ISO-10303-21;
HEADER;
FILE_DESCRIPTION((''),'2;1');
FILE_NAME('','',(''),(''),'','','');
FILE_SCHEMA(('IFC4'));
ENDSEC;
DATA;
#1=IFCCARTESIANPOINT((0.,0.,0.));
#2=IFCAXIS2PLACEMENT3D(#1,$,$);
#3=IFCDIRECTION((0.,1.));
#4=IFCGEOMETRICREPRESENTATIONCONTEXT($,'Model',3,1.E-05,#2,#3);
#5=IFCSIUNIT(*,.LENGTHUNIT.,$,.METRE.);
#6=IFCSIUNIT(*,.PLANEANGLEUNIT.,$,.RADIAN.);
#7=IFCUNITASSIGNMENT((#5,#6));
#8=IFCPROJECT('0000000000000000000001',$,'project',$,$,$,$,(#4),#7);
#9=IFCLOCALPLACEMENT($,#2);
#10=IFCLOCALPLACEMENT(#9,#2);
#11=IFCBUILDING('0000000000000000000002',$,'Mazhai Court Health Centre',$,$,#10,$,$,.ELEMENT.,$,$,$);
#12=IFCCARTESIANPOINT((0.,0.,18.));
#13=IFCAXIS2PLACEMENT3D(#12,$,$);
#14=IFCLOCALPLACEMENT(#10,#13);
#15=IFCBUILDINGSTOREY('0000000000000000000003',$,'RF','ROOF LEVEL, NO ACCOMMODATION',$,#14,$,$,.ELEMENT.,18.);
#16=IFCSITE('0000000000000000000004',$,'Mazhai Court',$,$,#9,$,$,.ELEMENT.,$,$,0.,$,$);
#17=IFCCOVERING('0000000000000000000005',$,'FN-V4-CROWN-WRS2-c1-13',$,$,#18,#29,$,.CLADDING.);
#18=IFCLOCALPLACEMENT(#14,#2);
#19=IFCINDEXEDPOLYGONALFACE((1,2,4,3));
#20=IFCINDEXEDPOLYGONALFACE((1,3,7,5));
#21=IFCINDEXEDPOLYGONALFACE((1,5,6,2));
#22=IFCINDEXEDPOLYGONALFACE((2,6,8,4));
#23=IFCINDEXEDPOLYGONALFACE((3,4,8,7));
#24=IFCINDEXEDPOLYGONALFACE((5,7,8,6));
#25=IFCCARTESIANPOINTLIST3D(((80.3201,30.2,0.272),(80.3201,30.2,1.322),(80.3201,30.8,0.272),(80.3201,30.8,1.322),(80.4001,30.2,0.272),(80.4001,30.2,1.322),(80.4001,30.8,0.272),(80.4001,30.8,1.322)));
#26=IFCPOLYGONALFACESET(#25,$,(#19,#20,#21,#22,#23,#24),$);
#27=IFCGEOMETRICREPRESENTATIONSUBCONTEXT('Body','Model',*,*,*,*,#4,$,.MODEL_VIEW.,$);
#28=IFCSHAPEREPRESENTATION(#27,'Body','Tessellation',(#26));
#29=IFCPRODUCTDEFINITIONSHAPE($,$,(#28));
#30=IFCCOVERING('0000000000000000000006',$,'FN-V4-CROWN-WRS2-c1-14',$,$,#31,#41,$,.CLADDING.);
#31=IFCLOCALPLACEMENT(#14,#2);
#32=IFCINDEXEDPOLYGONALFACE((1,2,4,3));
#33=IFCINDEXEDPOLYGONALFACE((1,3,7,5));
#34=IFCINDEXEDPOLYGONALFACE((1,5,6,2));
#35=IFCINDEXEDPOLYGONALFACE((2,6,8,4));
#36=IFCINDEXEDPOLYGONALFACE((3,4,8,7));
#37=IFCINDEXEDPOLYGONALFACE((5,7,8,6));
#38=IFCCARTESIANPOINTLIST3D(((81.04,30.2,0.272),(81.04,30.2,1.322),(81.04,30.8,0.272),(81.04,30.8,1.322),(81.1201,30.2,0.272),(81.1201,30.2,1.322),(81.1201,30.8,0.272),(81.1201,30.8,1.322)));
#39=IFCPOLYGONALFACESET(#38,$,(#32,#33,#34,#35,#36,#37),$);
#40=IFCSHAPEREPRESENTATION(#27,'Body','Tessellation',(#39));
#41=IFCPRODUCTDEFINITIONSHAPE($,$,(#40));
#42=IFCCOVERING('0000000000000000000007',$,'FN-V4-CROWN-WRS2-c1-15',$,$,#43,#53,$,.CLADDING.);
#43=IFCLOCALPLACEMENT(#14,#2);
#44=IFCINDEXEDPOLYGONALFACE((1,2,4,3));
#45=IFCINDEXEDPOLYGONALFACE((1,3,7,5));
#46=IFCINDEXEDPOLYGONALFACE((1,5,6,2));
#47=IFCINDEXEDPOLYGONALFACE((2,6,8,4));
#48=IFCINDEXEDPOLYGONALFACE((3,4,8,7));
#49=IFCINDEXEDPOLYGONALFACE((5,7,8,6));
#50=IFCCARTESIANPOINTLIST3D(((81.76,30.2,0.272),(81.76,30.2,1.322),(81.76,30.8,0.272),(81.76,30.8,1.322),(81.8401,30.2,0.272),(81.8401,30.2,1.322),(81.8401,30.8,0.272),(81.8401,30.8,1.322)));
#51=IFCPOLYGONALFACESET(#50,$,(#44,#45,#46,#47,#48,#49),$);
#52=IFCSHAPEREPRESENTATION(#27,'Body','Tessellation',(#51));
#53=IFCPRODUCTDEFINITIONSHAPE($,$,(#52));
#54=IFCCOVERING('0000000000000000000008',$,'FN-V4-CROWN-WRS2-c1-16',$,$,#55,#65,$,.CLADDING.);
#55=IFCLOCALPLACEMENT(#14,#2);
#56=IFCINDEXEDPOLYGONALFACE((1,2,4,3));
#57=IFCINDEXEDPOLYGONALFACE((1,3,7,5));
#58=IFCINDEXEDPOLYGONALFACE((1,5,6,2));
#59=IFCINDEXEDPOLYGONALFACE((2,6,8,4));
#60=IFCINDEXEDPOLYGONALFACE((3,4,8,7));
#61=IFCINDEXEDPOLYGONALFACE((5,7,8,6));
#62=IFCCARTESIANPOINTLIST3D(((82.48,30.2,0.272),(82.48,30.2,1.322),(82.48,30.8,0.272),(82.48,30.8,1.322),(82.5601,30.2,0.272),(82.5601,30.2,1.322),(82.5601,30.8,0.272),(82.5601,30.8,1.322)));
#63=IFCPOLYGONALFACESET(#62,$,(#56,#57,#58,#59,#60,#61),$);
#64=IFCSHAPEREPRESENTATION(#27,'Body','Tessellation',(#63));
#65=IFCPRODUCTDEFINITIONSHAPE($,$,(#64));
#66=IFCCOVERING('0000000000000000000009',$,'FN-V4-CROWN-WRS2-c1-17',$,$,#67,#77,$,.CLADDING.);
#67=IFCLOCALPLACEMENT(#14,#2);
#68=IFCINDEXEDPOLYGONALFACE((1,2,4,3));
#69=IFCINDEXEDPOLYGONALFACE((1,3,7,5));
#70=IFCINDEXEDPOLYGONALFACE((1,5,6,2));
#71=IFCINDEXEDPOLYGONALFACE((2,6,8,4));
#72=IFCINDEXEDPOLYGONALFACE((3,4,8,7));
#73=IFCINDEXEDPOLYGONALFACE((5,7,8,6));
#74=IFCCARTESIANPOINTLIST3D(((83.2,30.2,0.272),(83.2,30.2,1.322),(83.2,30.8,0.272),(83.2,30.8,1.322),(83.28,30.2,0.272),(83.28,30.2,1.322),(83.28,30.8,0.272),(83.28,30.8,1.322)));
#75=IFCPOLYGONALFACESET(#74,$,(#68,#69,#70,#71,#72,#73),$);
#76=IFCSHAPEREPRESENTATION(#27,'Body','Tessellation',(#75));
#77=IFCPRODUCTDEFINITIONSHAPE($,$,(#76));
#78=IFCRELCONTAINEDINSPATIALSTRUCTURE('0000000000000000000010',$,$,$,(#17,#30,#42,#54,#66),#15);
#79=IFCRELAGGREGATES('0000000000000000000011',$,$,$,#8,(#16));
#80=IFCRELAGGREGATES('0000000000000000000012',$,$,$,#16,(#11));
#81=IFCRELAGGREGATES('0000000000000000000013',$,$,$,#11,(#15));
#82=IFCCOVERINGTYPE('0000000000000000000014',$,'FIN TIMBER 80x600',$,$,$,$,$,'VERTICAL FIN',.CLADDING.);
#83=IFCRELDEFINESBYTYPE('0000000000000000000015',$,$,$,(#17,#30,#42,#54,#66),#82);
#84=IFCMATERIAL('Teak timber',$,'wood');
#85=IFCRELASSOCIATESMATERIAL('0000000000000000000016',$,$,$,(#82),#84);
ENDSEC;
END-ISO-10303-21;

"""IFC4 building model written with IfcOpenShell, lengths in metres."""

from ifc_helpers import new_model, si_unit, direction, frame, origin, origin_2d, place, context, subcontext, project, spatial, rectangle, extrude, material, type_object, element, save


model = new_model("IFC4")

# Units and contexts
model_context = context("Model", 3, precision=1e-05, world=origin(), true_north=direction((0.0, 1.0)))
body_context = subcontext(model_context, "Body", "Model", "MODEL_VIEW")
ifc_project = project(units=[si_unit("LENGTHUNIT", "METRE"), si_unit("PLANEANGLEUNIT", "RADIAN")], contexts=[model_context])

# Site, building, storey
site_placement = place(None, origin())
site = spatial("IfcSite", under=ifc_project, at=site_placement, Name="Mazhai Court", CompositionType="ELEMENT", RefElevation=0.0)
building_placement = place(site_placement, origin())
building = spatial("IfcBuilding", under=site, at=building_placement, Name="Mazhai Court Health Centre", CompositionType="ELEMENT")
storey_placement = place(building_placement, frame((0.0, 0.0, 18.0)))
storey = spatial("IfcBuildingStorey", under=building, at=storey_placement, Name="RF", Description="ROOF LEVEL, NO ACCOMMODATION", CompositionType="ELEMENT", Elevation=18.0)

# Coverings
ifc_material_1 = material(Name="Teak timber", Category="wood")
covering_type = type_object("IfcCoveringType", Name="FIN TIMBER 80x600", ElementType="VERTICAL FIN", PredefinedType="CLADDING", material=ifc_material_1)
for number, where, z_axis, x_axis, name in (
    (1, (80.3601, 30.5, 0.272), (0.0, 0.0, 1.0), (1.0, 0.0, 0.0), "FN-V4-CROWN-WRS2-c1-13"),
    (2, (81.0801, 30.5, 0.272), (0.0, 0.0, 1.0), (1.0, 0.0, 0.0), "FN-V4-CROWN-WRS2-c1-14"),
    (3, (81.8, 30.5, 0.272), (0.0, 0.0, 1.0), (1.0, 0.0, 0.0), "FN-V4-CROWN-WRS2-c1-15"),
    (4, (82.52, 30.5, 0.272), (0.0, 0.0, 1.0), (1.0, 0.0, 0.0), "FN-V4-CROWN-WRS2-c1-16"),
    (5, (83.24, 30.5, 0.272), (0.0, 0.0, 1.0), (1.0, 0.0, 0.0), "FN-V4-CROWN-WRS2-c1-17"),
):
    element("IfcCovering", number, at=place(storey_placement, frame(where, z_axis=z_axis, x_axis=x_axis)), inside=storey, type_object=covering_type, Name=name, PredefinedType="CLADDING", context=body_context, shape_type="SweptSolid", body=[
        extrude(rectangle(XDim=0.0801, YDim=0.6001, at=origin_2d()), origin(), (0.0, 0.0, 1.0), 1.05),
    ])

save(model, "model.ifc")
